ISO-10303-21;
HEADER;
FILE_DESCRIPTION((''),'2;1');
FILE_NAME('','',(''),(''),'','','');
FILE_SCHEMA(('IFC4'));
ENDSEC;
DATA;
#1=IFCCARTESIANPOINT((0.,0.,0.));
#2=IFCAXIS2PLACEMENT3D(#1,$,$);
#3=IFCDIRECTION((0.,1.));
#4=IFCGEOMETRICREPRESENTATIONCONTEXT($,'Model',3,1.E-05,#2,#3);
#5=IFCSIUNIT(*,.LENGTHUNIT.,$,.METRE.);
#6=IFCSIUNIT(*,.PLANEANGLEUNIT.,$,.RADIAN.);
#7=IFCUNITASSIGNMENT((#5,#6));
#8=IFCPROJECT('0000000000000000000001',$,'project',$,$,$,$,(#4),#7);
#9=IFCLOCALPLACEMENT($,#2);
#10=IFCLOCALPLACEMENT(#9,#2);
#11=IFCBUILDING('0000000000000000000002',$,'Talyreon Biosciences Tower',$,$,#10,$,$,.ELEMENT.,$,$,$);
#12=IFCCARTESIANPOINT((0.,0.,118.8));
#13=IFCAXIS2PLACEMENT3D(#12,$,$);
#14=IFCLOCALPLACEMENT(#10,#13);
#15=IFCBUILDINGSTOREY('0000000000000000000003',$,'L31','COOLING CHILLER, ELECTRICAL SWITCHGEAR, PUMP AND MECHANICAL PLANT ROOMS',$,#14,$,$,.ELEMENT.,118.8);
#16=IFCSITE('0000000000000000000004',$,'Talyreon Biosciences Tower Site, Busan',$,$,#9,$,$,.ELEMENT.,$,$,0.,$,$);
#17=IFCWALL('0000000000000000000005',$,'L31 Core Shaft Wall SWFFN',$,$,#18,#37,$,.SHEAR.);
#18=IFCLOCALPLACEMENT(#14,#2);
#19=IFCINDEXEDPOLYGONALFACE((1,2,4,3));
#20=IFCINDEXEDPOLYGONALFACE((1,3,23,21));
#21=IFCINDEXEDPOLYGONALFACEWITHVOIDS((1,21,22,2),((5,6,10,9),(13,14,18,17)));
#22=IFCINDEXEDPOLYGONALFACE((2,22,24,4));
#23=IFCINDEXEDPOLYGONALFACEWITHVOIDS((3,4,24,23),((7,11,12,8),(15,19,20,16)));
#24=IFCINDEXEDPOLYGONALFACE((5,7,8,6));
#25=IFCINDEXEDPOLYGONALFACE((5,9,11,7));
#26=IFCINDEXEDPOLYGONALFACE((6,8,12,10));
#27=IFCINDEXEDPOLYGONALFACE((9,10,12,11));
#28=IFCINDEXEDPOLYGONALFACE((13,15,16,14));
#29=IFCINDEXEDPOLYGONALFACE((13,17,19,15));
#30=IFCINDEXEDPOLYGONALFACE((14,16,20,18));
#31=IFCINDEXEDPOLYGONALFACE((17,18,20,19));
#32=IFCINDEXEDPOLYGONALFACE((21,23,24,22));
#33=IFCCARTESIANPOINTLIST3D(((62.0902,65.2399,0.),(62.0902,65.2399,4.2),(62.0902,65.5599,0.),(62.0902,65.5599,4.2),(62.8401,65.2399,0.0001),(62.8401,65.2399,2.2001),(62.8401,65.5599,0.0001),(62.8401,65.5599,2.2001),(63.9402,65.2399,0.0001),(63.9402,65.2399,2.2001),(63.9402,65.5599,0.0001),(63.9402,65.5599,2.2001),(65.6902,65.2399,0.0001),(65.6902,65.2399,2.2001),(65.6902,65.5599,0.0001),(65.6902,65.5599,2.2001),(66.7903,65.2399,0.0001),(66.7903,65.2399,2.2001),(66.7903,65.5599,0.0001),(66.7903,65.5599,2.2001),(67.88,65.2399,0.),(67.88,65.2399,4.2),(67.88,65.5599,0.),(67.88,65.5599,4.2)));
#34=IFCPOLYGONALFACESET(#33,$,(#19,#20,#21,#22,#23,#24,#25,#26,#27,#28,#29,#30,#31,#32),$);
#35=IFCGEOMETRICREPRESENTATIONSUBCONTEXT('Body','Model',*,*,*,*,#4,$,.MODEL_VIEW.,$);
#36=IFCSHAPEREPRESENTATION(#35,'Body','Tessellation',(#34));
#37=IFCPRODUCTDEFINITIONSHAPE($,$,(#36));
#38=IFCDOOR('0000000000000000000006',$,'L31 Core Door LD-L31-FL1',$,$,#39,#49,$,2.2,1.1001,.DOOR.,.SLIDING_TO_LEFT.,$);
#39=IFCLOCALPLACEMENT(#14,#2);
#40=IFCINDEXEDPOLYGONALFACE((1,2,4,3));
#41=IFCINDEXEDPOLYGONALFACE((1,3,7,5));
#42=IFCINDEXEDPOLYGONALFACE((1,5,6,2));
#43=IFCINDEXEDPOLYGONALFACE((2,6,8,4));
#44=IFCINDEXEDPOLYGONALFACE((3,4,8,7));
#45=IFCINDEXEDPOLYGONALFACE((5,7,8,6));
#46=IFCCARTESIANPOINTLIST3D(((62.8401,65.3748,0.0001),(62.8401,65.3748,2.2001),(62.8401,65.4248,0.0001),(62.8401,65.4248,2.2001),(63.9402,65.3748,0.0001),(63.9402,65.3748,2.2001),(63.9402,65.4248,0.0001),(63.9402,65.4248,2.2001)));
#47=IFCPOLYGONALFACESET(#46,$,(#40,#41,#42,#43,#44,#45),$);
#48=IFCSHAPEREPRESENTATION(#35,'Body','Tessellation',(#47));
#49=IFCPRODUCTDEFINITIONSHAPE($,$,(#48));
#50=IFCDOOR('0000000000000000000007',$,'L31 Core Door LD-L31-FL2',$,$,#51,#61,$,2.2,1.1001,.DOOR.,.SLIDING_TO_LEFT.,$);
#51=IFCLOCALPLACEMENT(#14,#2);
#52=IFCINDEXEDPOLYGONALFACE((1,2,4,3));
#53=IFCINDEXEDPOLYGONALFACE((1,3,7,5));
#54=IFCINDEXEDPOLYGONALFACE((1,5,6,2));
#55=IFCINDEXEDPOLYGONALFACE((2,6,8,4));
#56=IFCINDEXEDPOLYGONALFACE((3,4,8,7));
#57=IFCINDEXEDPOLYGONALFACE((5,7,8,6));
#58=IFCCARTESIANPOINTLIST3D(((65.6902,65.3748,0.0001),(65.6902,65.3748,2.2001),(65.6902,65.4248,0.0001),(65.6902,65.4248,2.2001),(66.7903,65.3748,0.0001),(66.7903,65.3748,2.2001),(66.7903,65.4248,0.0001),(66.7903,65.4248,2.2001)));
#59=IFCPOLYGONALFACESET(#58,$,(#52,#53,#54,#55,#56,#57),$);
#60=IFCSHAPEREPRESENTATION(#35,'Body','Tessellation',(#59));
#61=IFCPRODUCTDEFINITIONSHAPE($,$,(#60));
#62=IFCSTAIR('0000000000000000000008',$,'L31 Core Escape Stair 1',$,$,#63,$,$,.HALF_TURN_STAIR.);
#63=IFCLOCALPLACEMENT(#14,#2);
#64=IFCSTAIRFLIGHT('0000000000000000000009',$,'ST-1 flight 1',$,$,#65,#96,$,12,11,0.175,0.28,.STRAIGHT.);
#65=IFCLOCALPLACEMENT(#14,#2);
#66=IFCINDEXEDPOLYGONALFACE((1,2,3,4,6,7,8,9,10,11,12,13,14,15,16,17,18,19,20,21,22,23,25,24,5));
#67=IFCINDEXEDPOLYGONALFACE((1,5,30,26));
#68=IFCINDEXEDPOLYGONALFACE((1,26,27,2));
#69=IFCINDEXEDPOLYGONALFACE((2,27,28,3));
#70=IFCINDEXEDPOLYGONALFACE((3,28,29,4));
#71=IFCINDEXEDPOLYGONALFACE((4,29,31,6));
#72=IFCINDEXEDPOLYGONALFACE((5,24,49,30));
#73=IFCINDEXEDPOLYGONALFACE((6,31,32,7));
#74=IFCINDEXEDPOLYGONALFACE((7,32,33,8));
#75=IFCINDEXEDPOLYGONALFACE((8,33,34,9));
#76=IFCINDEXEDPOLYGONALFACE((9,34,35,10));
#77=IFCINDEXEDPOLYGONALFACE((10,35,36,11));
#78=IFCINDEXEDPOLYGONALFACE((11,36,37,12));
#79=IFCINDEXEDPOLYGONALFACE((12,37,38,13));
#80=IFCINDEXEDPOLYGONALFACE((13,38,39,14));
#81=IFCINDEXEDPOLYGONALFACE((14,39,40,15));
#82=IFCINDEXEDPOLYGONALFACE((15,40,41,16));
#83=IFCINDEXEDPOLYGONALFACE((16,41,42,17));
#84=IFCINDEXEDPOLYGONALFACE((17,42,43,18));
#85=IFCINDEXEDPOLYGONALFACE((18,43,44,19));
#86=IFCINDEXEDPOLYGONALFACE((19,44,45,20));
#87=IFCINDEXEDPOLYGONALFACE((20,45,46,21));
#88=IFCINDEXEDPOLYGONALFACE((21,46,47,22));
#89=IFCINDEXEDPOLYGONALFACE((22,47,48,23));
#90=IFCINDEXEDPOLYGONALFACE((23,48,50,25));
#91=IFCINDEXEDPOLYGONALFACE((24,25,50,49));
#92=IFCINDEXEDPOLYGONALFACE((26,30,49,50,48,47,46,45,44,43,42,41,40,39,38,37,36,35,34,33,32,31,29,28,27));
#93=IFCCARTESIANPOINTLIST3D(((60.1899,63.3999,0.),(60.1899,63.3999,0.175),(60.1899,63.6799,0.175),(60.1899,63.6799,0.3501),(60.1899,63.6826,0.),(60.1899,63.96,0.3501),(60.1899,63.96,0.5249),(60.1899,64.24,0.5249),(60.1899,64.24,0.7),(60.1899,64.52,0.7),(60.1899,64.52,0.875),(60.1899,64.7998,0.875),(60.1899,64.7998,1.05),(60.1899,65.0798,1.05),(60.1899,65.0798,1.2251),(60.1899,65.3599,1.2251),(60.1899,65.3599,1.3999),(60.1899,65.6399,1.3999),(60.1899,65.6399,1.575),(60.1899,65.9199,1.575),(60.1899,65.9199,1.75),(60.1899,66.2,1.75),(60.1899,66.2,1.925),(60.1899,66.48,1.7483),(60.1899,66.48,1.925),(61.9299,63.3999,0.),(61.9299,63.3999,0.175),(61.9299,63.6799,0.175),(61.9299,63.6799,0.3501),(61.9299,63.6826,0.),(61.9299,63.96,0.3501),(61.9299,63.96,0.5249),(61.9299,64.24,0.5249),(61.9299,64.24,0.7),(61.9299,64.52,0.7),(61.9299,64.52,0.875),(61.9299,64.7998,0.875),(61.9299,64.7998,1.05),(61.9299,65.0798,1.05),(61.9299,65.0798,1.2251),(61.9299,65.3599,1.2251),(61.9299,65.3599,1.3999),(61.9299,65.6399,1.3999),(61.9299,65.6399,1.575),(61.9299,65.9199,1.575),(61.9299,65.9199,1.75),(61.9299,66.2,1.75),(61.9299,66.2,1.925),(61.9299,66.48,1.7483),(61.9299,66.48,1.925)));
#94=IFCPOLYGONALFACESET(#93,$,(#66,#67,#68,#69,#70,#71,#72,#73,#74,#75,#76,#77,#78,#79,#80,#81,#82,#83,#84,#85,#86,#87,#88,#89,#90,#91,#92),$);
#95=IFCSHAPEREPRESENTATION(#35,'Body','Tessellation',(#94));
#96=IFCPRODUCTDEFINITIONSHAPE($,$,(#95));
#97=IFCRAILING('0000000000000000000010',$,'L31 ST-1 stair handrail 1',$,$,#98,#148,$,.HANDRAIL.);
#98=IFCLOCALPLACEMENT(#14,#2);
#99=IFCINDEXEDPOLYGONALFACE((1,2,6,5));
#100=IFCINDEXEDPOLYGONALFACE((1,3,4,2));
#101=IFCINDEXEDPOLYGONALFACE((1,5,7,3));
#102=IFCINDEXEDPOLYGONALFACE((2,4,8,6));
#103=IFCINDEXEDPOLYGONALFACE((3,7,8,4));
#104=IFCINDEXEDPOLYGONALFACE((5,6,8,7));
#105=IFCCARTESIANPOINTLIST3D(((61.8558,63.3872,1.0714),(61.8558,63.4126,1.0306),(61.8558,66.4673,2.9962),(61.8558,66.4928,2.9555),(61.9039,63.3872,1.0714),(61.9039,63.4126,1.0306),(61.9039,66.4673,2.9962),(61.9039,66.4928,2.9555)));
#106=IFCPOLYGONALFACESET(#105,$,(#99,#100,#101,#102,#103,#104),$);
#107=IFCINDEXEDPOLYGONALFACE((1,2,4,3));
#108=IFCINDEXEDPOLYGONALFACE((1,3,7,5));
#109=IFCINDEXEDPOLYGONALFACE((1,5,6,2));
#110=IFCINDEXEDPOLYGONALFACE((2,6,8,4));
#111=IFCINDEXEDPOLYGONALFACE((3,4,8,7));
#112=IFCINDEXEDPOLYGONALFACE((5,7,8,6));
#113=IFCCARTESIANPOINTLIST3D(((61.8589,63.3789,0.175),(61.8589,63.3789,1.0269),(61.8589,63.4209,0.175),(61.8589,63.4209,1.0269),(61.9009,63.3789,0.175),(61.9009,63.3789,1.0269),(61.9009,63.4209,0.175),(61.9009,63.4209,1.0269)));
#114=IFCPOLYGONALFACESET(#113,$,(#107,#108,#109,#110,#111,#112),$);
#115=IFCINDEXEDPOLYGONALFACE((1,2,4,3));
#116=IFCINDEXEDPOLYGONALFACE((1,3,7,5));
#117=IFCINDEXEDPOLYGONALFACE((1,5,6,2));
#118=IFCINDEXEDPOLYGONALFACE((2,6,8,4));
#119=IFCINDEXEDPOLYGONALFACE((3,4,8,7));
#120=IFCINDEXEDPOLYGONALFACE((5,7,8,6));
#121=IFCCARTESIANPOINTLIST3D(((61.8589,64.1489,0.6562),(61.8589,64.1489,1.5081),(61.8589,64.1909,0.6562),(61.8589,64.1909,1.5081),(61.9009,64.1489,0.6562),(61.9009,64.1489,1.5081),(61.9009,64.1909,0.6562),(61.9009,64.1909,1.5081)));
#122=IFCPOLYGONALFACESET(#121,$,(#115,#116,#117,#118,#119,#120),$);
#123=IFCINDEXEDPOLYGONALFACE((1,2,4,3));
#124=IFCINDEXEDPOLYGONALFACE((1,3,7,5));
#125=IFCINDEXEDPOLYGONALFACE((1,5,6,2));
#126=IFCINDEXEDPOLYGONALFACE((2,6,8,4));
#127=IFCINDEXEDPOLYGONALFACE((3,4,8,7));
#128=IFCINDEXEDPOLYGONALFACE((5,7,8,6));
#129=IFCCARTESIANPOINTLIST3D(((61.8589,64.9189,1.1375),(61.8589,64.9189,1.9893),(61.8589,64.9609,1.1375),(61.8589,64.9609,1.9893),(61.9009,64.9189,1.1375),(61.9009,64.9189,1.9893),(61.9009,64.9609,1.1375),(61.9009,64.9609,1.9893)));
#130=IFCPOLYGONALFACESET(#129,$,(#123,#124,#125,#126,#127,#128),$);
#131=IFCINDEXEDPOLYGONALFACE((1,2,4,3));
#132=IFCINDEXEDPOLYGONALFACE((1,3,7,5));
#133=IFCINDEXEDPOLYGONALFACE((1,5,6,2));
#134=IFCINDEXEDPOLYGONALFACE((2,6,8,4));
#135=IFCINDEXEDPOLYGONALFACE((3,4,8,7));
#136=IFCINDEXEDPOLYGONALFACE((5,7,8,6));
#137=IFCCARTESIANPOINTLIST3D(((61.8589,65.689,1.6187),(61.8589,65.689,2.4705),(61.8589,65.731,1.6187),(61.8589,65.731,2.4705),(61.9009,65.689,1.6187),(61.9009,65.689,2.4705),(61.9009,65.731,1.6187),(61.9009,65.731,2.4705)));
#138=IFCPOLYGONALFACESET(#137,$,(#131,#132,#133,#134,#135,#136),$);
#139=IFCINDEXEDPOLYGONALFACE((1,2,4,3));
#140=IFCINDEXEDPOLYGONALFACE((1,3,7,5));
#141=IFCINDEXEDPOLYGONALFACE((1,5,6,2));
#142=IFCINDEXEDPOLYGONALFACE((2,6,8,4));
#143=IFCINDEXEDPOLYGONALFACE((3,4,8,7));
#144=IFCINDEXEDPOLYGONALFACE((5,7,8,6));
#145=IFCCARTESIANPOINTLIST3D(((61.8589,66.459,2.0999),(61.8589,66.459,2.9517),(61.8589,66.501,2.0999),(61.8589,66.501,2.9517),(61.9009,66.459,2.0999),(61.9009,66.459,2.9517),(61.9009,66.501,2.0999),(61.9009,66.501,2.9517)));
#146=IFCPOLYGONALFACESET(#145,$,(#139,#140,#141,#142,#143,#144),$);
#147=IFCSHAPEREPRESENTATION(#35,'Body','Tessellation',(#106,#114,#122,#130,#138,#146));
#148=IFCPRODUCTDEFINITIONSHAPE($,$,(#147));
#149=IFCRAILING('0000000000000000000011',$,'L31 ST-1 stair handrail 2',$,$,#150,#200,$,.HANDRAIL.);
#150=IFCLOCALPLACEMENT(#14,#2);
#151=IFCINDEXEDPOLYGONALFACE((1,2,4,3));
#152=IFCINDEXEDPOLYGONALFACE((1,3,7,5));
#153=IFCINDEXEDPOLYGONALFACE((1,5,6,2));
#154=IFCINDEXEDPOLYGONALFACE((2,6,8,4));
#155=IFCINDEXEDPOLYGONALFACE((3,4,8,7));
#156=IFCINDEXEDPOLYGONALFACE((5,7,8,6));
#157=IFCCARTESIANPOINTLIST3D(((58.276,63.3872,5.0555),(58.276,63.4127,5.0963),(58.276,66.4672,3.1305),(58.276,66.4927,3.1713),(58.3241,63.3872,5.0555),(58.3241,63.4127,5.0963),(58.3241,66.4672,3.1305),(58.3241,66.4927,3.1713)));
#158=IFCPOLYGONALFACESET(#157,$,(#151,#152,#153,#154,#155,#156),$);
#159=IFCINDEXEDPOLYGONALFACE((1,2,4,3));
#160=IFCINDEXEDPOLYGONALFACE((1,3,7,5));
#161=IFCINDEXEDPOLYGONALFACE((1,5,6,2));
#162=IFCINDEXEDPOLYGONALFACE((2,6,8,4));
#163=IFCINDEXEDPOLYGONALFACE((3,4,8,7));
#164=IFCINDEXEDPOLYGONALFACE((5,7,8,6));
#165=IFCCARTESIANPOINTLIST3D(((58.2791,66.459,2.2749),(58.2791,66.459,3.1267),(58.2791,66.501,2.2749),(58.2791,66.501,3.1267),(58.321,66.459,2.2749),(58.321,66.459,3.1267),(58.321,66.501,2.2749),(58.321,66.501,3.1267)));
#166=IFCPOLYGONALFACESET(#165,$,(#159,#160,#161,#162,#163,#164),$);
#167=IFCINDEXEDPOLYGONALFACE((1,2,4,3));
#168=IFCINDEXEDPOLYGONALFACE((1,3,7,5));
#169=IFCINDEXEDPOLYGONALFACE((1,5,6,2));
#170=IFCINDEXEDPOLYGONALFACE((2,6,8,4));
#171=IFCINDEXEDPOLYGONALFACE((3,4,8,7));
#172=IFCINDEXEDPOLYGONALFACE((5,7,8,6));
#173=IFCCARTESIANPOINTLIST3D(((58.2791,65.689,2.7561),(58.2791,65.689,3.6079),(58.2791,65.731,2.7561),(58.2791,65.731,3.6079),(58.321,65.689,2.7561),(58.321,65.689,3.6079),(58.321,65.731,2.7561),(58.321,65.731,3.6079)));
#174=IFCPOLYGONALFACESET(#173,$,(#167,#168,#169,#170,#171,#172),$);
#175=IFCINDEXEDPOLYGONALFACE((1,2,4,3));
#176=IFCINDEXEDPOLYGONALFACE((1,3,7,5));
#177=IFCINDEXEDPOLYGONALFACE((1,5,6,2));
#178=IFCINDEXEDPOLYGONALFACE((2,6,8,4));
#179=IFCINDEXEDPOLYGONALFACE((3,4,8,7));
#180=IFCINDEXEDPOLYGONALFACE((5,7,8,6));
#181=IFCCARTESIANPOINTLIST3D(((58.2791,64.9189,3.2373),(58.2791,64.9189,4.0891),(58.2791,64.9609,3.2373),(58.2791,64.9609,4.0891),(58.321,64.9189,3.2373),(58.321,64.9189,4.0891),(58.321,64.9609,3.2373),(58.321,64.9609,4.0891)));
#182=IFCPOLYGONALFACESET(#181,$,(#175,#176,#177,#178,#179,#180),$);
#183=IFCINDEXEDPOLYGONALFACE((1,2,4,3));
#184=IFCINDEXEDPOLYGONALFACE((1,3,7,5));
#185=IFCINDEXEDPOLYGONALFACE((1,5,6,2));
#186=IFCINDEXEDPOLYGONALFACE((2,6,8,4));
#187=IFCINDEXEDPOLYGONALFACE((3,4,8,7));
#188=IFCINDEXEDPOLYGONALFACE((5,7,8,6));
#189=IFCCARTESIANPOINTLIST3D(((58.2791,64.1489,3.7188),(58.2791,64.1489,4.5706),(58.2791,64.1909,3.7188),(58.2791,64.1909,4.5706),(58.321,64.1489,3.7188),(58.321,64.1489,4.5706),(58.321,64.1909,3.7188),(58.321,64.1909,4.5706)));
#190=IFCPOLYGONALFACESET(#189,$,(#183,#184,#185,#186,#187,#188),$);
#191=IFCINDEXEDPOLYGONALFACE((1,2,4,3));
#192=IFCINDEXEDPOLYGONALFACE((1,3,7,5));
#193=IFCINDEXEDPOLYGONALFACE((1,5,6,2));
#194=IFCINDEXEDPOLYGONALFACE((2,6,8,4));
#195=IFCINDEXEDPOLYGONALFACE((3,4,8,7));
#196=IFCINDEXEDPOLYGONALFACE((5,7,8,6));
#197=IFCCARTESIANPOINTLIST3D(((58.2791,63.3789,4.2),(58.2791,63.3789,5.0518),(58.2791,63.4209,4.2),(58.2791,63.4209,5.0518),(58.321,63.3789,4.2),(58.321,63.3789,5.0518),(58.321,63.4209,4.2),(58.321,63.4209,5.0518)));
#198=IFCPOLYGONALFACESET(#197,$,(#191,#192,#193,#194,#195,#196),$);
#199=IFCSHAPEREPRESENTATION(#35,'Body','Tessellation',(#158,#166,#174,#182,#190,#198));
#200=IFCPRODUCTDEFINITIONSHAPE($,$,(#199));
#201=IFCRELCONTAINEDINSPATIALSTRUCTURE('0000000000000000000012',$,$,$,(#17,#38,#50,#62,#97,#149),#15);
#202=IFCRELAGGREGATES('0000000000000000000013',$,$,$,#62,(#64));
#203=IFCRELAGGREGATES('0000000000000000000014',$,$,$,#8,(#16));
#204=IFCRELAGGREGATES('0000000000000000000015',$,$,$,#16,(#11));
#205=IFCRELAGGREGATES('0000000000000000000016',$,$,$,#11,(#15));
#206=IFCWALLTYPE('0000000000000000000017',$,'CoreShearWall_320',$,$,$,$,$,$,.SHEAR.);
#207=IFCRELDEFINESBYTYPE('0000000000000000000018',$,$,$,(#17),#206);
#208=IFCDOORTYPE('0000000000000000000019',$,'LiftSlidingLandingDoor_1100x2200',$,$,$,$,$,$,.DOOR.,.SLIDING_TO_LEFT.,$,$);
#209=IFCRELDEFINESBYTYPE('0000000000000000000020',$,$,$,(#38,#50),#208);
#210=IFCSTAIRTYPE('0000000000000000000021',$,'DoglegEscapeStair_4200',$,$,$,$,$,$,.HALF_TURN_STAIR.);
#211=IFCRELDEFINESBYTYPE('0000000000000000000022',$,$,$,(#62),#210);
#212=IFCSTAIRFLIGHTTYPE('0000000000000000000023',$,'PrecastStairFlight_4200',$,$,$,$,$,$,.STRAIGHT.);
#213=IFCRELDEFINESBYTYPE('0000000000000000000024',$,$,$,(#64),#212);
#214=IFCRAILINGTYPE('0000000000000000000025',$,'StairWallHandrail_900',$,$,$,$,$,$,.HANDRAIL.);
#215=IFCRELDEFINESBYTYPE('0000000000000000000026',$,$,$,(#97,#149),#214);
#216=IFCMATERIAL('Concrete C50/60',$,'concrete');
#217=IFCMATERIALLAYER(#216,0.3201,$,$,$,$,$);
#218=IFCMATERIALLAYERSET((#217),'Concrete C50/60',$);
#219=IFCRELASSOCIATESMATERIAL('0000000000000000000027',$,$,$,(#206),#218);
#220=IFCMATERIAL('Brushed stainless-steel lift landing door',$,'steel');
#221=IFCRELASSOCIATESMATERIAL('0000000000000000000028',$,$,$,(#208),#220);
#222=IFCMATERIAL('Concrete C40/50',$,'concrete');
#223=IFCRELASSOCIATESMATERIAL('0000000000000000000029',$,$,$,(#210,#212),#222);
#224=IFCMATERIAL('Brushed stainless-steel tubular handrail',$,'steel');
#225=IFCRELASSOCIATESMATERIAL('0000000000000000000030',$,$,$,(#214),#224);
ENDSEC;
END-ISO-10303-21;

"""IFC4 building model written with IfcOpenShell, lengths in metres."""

from ifc_helpers import new_model, si_unit, direction, frame, frame_2d, origin, origin_2d, place, context, subcontext, project, spatial, polyline, rectangle, outline, extrude, material, layer, layer_set, type_object, element, fill, aggregate, save


model = new_model("IFC4")

# Units and contexts
model_context = context("Model", 3, precision=1e-05, world=origin(), true_north=direction((0.0, 1.0)))
body_context = subcontext(model_context, "Body", "Model", "MODEL_VIEW")
ifc_project = project(units=[si_unit("LENGTHUNIT", "METRE"), si_unit("PLANEANGLEUNIT", "RADIAN")], contexts=[model_context])

# Site, building, storey
site_placement = place(None, origin())
site = spatial("IfcSite", under=ifc_project, at=site_placement, Name="Talyreon Biosciences Tower Site, Busan", CompositionType="ELEMENT", RefElevation=0.0)
building_placement = place(site_placement, origin())
building = spatial("IfcBuilding", under=site, at=building_placement, Name="Talyreon Biosciences Tower", CompositionType="ELEMENT")
storey_placement = place(building_placement, frame((0.0, 0.0, 118.8)))
storey = spatial("IfcBuildingStorey", under=building, at=storey_placement, Name="L31", Description="COOLING CHILLER, ELECTRICAL SWITCHGEAR, PUMP AND MECHANICAL PLANT ROOMS", CompositionType="ELEMENT", Elevation=118.8)

# Shared definitions
ifc_material_1 = material(Name="Concrete C50/60", Category="concrete")

# Shared definitions
ifc_layer_1 = layer(ifc_material_1, 0.3201)
ifc_layer_set_1 = layer_set([ifc_layer_1], Name="Concrete C50/60")
wall_type_1 = type_object("IfcWallType", Name="CoreShearWall_320", PredefinedType="SHEAR", material=ifc_layer_set_1)

# Wall, openings, doors
wall_1_placement = place(storey_placement, frame((62.0901, 65.3999, 0.0), z_axis=(0.0, 0.0, 1.0), x_axis=(1.0, 0.0, 0.0)))
wall_1 = element("IfcWall", 1, at=wall_1_placement, inside=storey, type_object=wall_type_1, Name="L31 Core Shaft Wall SWFFN", PredefinedType="SHEAR", context=body_context, shape_type="SweptSolid", body=[
    extrude(rectangle(XDim=5.7898, YDim=0.3201, at=frame_2d((2.895, 0.0))), origin(), (0.0, 0.0, 1.0), 4.2),
])
opening_1_placement = place(wall_1_placement, frame((0.75, 0.0, 0.0)))
opening_1 = element("IfcOpeningElement", 2, at=opening_1_placement, cuts=wall_1, PredefinedType="OPENING", context=body_context, shape_type="SweptSolid", body=[
    extrude(rectangle(XDim=1.1001, YDim=2.2, at=frame_2d((0.55, 1.1001))), frame((0.0, 0.1699, 0.0), z_axis=(0.0, -1.0, 0.0), x_axis=(1.0, 0.0, 0.0)), (0.0, 0.0, 1.0), 0.3401),
])
opening_2_placement = place(wall_1_placement, frame((3.6001, 0.0, 0.0)))
opening_2 = element("IfcOpeningElement", 3, at=opening_2_placement, cuts=wall_1, PredefinedType="OPENING", context=body_context, shape_type="SweptSolid", body=[
    extrude(rectangle(XDim=1.1001, YDim=2.2, at=frame_2d((0.55, 1.1001))), frame((0.0, 0.1699, 0.0), z_axis=(0.0, -1.0, 0.0), x_axis=(1.0, 0.0, 0.0)), (0.0, 0.0, 1.0), 0.3401),
])
ifc_material_2 = material(Name="Brushed stainless-steel lift landing door", Category="steel")
door_type_1 = type_object("IfcDoorType", Name="LiftSlidingLandingDoor_1100x2200", OperationType="SLIDING_TO_LEFT", PredefinedType="DOOR", material=ifc_material_2)
door_1_placement = place(opening_1_placement, origin())
door_1 = element("IfcDoor", 4, at=door_1_placement, inside=storey, type_object=door_type_1, Name="L31 Core Door LD-L31-FL1", OperationType="SLIDING_TO_LEFT", OverallHeight=2.2, OverallWidth=1.1001, PredefinedType="DOOR", context=body_context, shape_type="SweptSolid", body=[
    extrude(rectangle(XDim=1.1001, YDim=2.2, at=frame_2d((0.55, 1.1001))), frame((0.0, 0.0249, 0.0), z_axis=(0.0, -1.0, 0.0), x_axis=(1.0, 0.0, 0.0)), (0.0, 0.0, 1.0), 0.05),
])
fill(opening_1, door_1)
door_2_placement = place(opening_2_placement, origin())
door_2 = element("IfcDoor", 5, at=door_2_placement, inside=storey, type_object=door_type_1, Name="L31 Core Door LD-L31-FL2", OperationType="SLIDING_TO_LEFT", OverallHeight=2.2, OverallWidth=1.1001, PredefinedType="DOOR", context=body_context, shape_type="SweptSolid", body=[
    extrude(rectangle(XDim=1.1001, YDim=2.2, at=frame_2d((0.55, 1.1001))), frame((0.0, 0.0249, 0.0), z_axis=(0.0, -1.0, 0.0), x_axis=(1.0, 0.0, 0.0)), (0.0, 0.0, 1.0), 0.05),
])
fill(opening_2, door_2)

# Stair, stair flight
ifc_material_3 = material(Name="Concrete C40/50", Category="concrete")
stair_type = type_object("IfcStairType", Name="DoglegEscapeStair_4200", PredefinedType="HALF_TURN_STAIR", material=ifc_material_3)
stair_placement = place(storey_placement, origin())
stair = element("IfcStair", 6, at=stair_placement, inside=storey, type_object=stair_type, Name="L31 Core Escape Stair 1", PredefinedType="HALF_TURN_STAIR")
stair_flight_type = type_object("IfcStairFlightType", Name="PrecastStairFlight_4200", PredefinedType="STRAIGHT", material=ifc_material_3)
stair_flight_placement = place(storey_placement, frame((61.0601, 63.3999, 0.0), z_axis=(0.0, 0.0, 1.0), x_axis=(0.0, 1.0, 0.0)))
stair_flight = element("IfcStairFlight", 7, at=stair_flight_placement, type_object=stair_flight_type, Name="ST-1 flight 1", NumberOfRisers=12, NumberOfTreads=11, PredefinedType="STRAIGHT", RiserHeight=0.175, TreadLength=0.28, context=body_context, shape_type="SweptSolid", body=[
    extrude(outline(polyline([(0.0, 0.0), (0.0, 0.175), (0.28, 0.175), (0.28, 0.3501), (0.5601, 0.3501), (0.5601, 0.5249), (0.8401, 0.5249), (0.8401, 0.7), (1.1201, 0.7), (1.1201, 0.875), (1.3999, 0.875), (1.3999, 1.05), (1.6799, 1.05), (1.6799, 1.2251), (1.96, 1.2251), (1.96, 1.3999), (2.24, 1.3999), (2.24, 1.575), (2.52, 1.575), (2.52, 1.75), (2.8, 1.75), (2.8, 1.925), (3.0801, 1.925), (3.0801, 2.1001), (3.0801, 1.7483), (0.2827, 0.0), (0.0, 0.0)])), frame((0.0, 0.8701, 0.0), z_axis=(0.0, -1.0, 0.0), x_axis=(1.0, 0.0, 0.0)), (0.0, 0.0, 1.0), 1.74),
])
aggregate(stair, [stair_flight])

# Railings
ifc_material_4 = material(Name="Brushed stainless-steel tubular handrail", Category="steel")
railing_type_1 = type_object("IfcRailingType", Name="StairWallHandrail_900", PredefinedType="HANDRAIL", material=ifc_material_4)
railing_1_placement = place(storey_placement, frame((61.8799, 63.3999, 0.175)))
element("IfcRailing", 8, at=railing_1_placement, inside=storey, type_object=railing_type_1, Name="L31 ST-1 stair handrail 1", PredefinedType="HANDRAIL", context=body_context, shape_type="SweptSolid", body=[
    extrude(rectangle(XDim=0.0481, YDim=0.0481, at=origin_2d()), frame((0.0, 0.0, 0.876), z_axis=(0.0, 0.848029, 0.529951), x_axis=(-1.0, 0.0, 0.0)), (0.0, 0.0, 1.0), 3.6321),
    extrude(rectangle(XDim=0.042, YDim=0.042, at=origin_2d()), origin(), (0.0, 0.0, 1.0), 0.8518),
    extrude(rectangle(XDim=0.042, YDim=0.042, at=origin_2d()), frame((0.0, 0.77, 0.4812)), (0.0, 0.0, 1.0), 0.8518),
    extrude(rectangle(XDim=0.042, YDim=0.042, at=origin_2d()), frame((0.0, 1.54, 0.9624)), (0.0, 0.0, 1.0), 0.8518),
    extrude(rectangle(XDim=0.042, YDim=0.042, at=origin_2d()), frame((0.0, 2.3101, 1.4436)), (0.0, 0.0, 1.0), 0.8518),
    extrude(rectangle(XDim=0.042, YDim=0.042, at=origin_2d()), frame((0.0, 3.0801, 1.9248)), (0.0, 0.0, 1.0), 0.8518),
])
railing_2_placement = place(storey_placement, frame((58.3, 66.48, 2.2749)))
element("IfcRailing", 9, at=railing_2_placement, inside=storey, type_object=railing_type_1, Name="L31 ST-1 stair handrail 2", PredefinedType="HANDRAIL", context=body_context, shape_type="SweptSolid", body=[
    extrude(rectangle(XDim=0.0481, YDim=0.0481, at=origin_2d()), frame((0.0, 0.0, 0.876), z_axis=(0.0, -0.847998, 0.529999), x_axis=(1.0, 0.0, 0.0)), (0.0, 0.0, 1.0), 3.6321),
    extrude(rectangle(XDim=0.042, YDim=0.042, at=origin_2d()), origin(), (0.0, 0.0, 1.0), 0.8518),
    extrude(rectangle(XDim=0.042, YDim=0.042, at=origin_2d()), frame((0.0, -0.77, 0.4812)), (0.0, 0.0, 1.0), 0.8518),
    extrude(rectangle(XDim=0.042, YDim=0.042, at=origin_2d()), frame((0.0, -1.54, 0.9624)), (0.0, 0.0, 1.0), 0.8518),
    extrude(rectangle(XDim=0.042, YDim=0.042, at=origin_2d()), frame((0.0, -2.3101, 1.4438)), (0.0, 0.0, 1.0), 0.8518),
    extrude(rectangle(XDim=0.042, YDim=0.042, at=origin_2d()), frame((0.0, -3.0801, 1.925)), (0.0, 0.0, 1.0), 0.8518),
])

save(model, "model.ifc")
